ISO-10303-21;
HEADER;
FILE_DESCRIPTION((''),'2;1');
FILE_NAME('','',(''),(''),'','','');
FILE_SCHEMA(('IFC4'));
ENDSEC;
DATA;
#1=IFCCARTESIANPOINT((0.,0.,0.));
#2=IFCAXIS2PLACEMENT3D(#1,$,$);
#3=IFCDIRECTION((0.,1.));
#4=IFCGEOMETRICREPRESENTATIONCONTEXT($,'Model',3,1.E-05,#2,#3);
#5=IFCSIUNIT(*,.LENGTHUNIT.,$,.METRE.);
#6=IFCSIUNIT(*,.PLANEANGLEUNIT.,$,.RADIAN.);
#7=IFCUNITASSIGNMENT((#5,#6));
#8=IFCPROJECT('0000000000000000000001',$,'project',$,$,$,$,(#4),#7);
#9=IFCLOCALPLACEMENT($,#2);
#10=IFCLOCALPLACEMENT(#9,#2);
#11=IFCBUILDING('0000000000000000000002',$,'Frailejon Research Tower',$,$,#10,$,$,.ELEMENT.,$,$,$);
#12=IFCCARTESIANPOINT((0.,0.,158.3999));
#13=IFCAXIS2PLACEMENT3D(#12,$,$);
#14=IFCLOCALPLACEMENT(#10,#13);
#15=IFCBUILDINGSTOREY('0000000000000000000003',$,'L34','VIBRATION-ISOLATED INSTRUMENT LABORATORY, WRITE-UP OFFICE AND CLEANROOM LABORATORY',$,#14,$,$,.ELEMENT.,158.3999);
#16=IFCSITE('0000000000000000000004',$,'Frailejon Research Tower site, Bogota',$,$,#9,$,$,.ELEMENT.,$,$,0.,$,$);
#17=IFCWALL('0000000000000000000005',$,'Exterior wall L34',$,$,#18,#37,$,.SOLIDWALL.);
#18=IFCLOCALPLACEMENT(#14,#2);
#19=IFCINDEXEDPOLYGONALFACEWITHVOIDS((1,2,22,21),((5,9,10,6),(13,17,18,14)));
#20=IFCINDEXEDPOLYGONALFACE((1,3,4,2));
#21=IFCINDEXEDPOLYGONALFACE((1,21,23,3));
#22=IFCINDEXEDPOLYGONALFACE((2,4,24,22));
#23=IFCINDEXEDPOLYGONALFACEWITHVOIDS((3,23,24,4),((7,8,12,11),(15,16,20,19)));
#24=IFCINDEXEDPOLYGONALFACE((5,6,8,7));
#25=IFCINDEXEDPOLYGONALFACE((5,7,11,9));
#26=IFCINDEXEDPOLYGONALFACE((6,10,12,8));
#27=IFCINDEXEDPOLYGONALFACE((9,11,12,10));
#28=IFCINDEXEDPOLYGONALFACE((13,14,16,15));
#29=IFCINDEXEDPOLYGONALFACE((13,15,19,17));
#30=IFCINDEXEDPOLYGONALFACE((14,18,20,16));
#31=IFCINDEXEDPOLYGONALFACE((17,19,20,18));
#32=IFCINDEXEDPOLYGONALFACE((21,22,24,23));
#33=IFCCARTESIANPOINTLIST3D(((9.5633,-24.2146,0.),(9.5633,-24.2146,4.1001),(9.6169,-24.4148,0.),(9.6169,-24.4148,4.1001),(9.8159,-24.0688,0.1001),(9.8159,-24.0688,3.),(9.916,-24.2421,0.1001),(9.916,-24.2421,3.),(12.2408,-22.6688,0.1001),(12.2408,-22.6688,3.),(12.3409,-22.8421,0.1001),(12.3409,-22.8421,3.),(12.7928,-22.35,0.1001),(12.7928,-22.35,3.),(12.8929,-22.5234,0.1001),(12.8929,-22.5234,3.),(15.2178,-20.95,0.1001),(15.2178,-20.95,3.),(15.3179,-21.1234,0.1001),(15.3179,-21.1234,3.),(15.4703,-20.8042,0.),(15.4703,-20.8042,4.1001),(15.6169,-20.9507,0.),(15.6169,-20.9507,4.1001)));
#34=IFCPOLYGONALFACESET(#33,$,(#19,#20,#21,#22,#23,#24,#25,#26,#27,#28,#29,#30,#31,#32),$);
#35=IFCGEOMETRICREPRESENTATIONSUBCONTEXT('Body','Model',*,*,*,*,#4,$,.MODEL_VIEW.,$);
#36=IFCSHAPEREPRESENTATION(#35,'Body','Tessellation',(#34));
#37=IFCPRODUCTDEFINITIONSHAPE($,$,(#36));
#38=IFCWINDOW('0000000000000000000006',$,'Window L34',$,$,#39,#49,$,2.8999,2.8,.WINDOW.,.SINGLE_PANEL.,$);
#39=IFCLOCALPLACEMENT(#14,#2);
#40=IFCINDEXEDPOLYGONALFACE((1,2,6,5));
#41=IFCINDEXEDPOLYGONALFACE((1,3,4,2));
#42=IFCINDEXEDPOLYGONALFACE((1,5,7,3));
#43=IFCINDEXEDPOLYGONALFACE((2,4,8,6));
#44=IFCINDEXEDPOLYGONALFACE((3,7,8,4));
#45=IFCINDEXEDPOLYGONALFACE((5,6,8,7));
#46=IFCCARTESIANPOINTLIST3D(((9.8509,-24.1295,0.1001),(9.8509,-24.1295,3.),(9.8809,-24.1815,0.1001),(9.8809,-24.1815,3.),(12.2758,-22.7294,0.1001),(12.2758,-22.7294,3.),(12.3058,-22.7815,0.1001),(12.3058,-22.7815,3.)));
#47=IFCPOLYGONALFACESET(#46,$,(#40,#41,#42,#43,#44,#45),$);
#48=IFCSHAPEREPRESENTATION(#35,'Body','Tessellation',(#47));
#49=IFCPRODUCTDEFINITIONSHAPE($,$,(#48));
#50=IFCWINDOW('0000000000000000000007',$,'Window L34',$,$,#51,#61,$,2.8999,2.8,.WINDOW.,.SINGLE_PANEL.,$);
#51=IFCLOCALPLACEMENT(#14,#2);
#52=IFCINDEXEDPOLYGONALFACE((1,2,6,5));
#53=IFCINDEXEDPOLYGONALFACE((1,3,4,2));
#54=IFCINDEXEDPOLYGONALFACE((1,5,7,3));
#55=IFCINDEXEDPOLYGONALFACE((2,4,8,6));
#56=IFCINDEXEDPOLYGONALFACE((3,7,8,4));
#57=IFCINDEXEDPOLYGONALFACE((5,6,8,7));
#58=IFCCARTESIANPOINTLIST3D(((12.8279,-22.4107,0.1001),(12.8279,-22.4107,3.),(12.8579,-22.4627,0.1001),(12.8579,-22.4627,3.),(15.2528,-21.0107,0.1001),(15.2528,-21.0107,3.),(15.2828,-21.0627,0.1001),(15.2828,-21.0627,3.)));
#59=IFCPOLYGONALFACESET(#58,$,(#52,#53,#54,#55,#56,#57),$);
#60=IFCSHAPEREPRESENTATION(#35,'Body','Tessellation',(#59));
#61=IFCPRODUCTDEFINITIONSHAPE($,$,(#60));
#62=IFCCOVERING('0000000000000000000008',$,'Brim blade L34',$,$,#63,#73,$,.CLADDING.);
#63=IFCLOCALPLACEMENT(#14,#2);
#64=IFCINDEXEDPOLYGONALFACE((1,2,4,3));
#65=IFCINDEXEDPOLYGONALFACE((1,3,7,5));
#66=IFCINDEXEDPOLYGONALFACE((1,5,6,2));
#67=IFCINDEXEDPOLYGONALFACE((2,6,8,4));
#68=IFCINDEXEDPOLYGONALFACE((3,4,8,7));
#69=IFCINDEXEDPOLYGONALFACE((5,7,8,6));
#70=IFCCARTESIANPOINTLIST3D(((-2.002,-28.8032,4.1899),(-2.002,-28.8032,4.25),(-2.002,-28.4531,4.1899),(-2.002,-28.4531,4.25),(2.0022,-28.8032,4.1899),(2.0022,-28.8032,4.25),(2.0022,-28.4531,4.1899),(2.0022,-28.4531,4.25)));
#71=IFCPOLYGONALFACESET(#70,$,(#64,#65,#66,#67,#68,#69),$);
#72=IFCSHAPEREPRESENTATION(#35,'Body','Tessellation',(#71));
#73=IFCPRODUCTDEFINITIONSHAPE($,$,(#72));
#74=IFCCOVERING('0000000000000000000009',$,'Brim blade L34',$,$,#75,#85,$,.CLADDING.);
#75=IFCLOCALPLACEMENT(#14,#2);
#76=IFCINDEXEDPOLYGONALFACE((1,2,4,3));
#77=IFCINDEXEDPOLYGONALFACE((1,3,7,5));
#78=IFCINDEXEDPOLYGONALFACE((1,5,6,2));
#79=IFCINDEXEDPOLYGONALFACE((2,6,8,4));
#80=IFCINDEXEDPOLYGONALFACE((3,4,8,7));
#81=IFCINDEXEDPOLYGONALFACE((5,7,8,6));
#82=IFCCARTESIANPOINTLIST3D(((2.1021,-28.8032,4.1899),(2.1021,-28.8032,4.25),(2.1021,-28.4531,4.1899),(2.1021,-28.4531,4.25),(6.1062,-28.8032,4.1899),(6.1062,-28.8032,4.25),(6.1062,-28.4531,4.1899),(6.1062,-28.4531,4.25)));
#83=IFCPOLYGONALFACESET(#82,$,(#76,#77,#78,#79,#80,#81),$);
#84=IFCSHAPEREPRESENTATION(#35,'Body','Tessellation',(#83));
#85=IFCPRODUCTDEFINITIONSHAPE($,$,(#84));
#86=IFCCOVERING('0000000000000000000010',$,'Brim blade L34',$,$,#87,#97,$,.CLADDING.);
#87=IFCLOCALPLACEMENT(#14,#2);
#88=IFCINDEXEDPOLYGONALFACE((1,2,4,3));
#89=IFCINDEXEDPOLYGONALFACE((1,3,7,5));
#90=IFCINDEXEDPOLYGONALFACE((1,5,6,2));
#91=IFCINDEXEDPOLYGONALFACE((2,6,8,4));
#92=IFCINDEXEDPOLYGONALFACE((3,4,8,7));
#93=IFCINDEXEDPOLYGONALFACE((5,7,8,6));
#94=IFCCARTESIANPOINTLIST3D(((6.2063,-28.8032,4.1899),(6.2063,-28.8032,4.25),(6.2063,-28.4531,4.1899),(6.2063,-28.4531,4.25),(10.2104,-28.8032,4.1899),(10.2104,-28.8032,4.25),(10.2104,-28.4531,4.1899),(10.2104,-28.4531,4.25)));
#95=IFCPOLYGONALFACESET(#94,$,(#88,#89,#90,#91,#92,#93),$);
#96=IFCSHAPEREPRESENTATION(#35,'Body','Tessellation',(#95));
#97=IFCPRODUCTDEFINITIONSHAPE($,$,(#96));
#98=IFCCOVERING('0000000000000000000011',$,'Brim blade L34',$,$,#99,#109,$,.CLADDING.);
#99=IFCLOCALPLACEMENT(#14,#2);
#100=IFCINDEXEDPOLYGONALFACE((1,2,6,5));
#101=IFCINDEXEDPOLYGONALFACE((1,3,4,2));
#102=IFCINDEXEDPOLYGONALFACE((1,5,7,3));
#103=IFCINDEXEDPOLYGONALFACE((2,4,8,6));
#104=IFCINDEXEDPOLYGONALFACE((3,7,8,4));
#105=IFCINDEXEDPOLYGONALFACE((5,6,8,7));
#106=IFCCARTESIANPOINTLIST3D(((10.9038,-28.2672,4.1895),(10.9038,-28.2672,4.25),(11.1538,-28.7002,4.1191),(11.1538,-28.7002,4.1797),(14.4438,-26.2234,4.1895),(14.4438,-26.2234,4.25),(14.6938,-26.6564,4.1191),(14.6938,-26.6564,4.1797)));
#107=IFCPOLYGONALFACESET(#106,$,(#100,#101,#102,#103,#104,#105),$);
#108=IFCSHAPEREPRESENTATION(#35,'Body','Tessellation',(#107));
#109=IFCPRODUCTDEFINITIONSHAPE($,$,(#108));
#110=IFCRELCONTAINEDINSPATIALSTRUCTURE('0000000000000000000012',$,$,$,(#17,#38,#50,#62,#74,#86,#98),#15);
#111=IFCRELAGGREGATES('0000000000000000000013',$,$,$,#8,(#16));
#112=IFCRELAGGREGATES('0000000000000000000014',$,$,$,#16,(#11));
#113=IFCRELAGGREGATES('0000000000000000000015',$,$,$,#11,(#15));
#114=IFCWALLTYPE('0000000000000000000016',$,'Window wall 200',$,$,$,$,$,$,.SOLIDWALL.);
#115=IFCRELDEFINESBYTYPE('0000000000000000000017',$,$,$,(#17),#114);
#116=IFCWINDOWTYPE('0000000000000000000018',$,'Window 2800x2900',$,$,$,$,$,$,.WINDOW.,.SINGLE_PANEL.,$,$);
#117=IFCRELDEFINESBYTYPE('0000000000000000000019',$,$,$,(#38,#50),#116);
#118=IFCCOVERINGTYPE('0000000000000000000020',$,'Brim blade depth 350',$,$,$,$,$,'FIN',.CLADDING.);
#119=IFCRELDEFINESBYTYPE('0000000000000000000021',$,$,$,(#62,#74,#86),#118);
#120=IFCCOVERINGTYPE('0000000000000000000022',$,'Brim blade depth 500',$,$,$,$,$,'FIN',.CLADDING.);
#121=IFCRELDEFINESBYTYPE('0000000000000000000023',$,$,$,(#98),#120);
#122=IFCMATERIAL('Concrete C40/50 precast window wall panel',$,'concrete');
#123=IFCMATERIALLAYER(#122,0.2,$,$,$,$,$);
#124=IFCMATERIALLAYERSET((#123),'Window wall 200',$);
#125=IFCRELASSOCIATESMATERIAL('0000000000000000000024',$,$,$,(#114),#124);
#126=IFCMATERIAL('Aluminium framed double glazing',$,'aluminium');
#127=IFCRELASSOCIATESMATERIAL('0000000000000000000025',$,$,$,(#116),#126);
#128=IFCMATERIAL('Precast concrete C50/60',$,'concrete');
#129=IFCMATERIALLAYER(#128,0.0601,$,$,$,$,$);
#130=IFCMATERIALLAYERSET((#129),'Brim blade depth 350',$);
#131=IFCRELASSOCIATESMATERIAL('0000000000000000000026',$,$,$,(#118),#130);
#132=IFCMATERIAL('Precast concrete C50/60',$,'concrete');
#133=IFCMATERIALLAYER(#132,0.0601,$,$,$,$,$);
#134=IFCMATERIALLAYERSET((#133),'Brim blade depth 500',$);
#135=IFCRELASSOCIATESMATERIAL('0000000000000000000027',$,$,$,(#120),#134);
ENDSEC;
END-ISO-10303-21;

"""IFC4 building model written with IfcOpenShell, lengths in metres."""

from ifc_helpers import new_model, si_unit, direction, frame, frame_2d, origin, place, context, subcontext, project, spatial, polyline, rectangle, outline, extrude, material, layer, layer_set, type_object, element, fill, save


model = new_model("IFC4")

# Units and contexts
model_context = context("Model", 3, precision=1e-05, world=origin(), true_north=direction((0.0, 1.0)))
body_context = subcontext(model_context, "Body", "Model", "MODEL_VIEW")
ifc_project = project(units=[si_unit("LENGTHUNIT", "METRE"), si_unit("PLANEANGLEUNIT", "RADIAN")], contexts=[model_context])

# Site, building, storey
site_placement = place(None, origin())
site = spatial("IfcSite", under=ifc_project, at=site_placement, Name="Frailejon Research Tower site, Bogota", CompositionType="ELEMENT", RefElevation=0.0)
building_placement = place(site_placement, origin())
building = spatial("IfcBuilding", under=site, at=building_placement, Name="Frailejon Research Tower", CompositionType="ELEMENT")
storey_placement = place(building_placement, frame((0.0, 0.0, 158.3999)))
storey = spatial("IfcBuildingStorey", under=building, at=storey_placement, Name="L34", Description="VIBRATION-ISOLATED INSTRUMENT LABORATORY, WRITE-UP OFFICE AND CLEANROOM LABORATORY", CompositionType="ELEMENT", Elevation=158.3999)

# Wall, openings, windows
ifc_material_1 = material(Name="Concrete C40/50 precast window wall panel", Category="concrete")
ifc_layer_1 = layer(ifc_material_1, 0.2)
ifc_layer_set_1 = layer_set([ifc_layer_1], Name="Window wall 200")
wall_type = type_object("IfcWallType", Name="Window wall 200", PredefinedType="SOLIDWALL", material=ifc_layer_set_1)
wall_placement = place(storey_placement, frame((9.5901, -24.3147, 0.0), z_axis=(0.0, 0.0, 1.0), x_axis=(0.866029, 0.499993, 0.0)))
wall = element("IfcWall", 1, at=wall_placement, inside=storey, type_object=wall_type, Name="Exterior wall L34", PredefinedType="SOLIDWALL", context=body_context, shape_type="SweptSolid", body=[
    extrude(outline(polyline([(-0.0269, -0.1001), (1.1279, -0.1001), (2.2825, -0.1001), (3.4373, -0.1001), (4.592, -0.1001), (5.7466, -0.1001), (6.9014, -0.1001), (6.8477, 0.1001), (5.7109, 0.1001), (4.574, 0.1001), (3.4373, 0.1001), (2.3005, 0.1001), (1.1636, 0.1001), (0.0269, 0.1001), (-0.0269, -0.1001)])), origin(), (0.0, 0.0, 1.0), 4.1001),
])
opening_1_placement = place(wall_placement, frame((0.3186, 0.0, 0.1001)))
opening_1 = element("IfcOpeningElement", 2, at=opening_1_placement, cuts=wall, PredefinedType="OPENING", context=body_context, shape_type="SweptSolid", body=[
    extrude(rectangle(XDim=2.8, YDim=2.8999, at=frame_2d((1.3999, 1.45))), frame((0.0, 0.1099, 0.0), z_axis=(0.0, -1.0, 0.0), x_axis=(1.0, 0.0, 0.0)), (0.0, 0.0, 1.0), 0.22),
])
opening_2_placement = place(wall_placement, frame((3.7561, 0.0, 0.1001)))
opening_2 = element("IfcOpeningElement", 3, at=opening_2_placement, cuts=wall, PredefinedType="OPENING", context=body_context, shape_type="SweptSolid", body=[
    extrude(rectangle(XDim=2.8, YDim=2.8999, at=frame_2d((1.3999, 1.45))), frame((0.0, 0.1099, 0.0), z_axis=(0.0, -1.0, 0.0), x_axis=(1.0, 0.0, 0.0)), (0.0, 0.0, 1.0), 0.22),
])
ifc_material_2 = material(Name="Aluminium framed double glazing", Category="aluminium")
window_type = type_object("IfcWindowType", Name="Window 2800x2900", PartitioningType="SINGLE_PANEL", PredefinedType="WINDOW", material=ifc_material_2)
window_1_placement = place(opening_1_placement, origin())
window_1 = element("IfcWindow", 4, at=window_1_placement, inside=storey, type_object=window_type, Name="Window L34", OverallHeight=2.8999, OverallWidth=2.8, PartitioningType="SINGLE_PANEL", PredefinedType="WINDOW", context=body_context, shape_type="SweptSolid", body=[
    extrude(rectangle(XDim=2.8, YDim=2.8999, at=frame_2d((1.3999, 1.45))), frame((0.0, 0.03, 0.0), z_axis=(0.0, -1.0, 0.0), x_axis=(1.0, 0.0, 0.0)), (0.0, 0.0, 1.0), 0.0601),
])
fill(opening_1, window_1)
window_2_placement = place(opening_2_placement, origin())
window_2 = element("IfcWindow", 5, at=window_2_placement, inside=storey, type_object=window_type, Name="Window L34", OverallHeight=2.8999, OverallWidth=2.8, PartitioningType="SINGLE_PANEL", PredefinedType="WINDOW", context=body_context, shape_type="SweptSolid", body=[
    extrude(rectangle(XDim=2.8, YDim=2.8999, at=frame_2d((1.3999, 1.45))), frame((0.0, 0.03, 0.0), z_axis=(0.0, -1.0, 0.0), x_axis=(1.0, 0.0, 0.0)), (0.0, 0.0, 1.0), 0.0601),
])
fill(opening_2, window_2)

# Coverings
ifc_material_3 = material(Name="Precast concrete C50/60", Category="concrete")
ifc_layer_2 = layer(ifc_material_3, 0.0601)
ifc_layer_set_2 = layer_set([ifc_layer_2], Name="Brim blade depth 350")
covering_type_1 = type_object("IfcCoveringType", Name="Brim blade depth 350", ElementType="FIN", PredefinedType="CLADDING", material=ifc_layer_set_2)
for number, where, z_axis, x_axis, name in (
    (6, (2.0022, -28.4531, 4.25), (-1.0, 0.0, 0.0), (0.0, -1.0, 0.0), "Brim blade L34"),
    (7, (6.1062, -28.4531, 4.25), (-1.0, 0.0, 0.0), (0.0, -1.0, 0.0), "Brim blade L34"),
    (8, (10.2104, -28.4531, 4.25), (-1.0, 0.0, 0.0), (0.0, -1.0, 0.0), "Brim blade L34"),
):
    element("IfcCovering", number, at=place(storey_placement, frame(where, z_axis=z_axis, x_axis=x_axis)), inside=storey, type_object=covering_type_1, Name=name, PredefinedType="CLADDING", context=body_context, shape_type="SweptSolid", body=[
        extrude(outline(polyline([(0.0, -0.0601), (0.3501, -0.0601), (0.3501, 0.0), (0.0, 0.0), (0.0, -0.0601)])), origin(), (0.0, 0.0, 1.0), 4.0042),
    ])
ifc_material_4 = material(Name="Precast concrete C50/60", Category="concrete")
ifc_layer_3 = layer(ifc_material_4, 0.0601)
ifc_layer_set_3 = layer_set([ifc_layer_3], Name="Brim blade depth 500")
covering_type_2 = type_object("IfcCoveringType", Name="Brim blade depth 500", ElementType="FIN", PredefinedType="CLADDING", material=ifc_layer_set_3)
covering_placement = place(storey_placement, frame((14.4438, -26.2234, 4.25), z_axis=(-0.866027, -0.499997, 0.0), x_axis=(0.499997, -0.866027, 0.0)))
element("IfcCovering", 9, at=covering_placement, inside=storey, type_object=covering_type_2, Name="Brim blade L34", PredefinedType="CLADDING", context=body_context, shape_type="SweptSolid", body=[
    extrude(outline(polyline([(0.0, -0.0605), (0.5, -0.1309), (0.5, -0.0703), (0.0, 0.0), (0.0, -0.0605)])), origin(), (0.0, 0.0, 1.0), 4.0876),
])

save(model, "model.ifc")
